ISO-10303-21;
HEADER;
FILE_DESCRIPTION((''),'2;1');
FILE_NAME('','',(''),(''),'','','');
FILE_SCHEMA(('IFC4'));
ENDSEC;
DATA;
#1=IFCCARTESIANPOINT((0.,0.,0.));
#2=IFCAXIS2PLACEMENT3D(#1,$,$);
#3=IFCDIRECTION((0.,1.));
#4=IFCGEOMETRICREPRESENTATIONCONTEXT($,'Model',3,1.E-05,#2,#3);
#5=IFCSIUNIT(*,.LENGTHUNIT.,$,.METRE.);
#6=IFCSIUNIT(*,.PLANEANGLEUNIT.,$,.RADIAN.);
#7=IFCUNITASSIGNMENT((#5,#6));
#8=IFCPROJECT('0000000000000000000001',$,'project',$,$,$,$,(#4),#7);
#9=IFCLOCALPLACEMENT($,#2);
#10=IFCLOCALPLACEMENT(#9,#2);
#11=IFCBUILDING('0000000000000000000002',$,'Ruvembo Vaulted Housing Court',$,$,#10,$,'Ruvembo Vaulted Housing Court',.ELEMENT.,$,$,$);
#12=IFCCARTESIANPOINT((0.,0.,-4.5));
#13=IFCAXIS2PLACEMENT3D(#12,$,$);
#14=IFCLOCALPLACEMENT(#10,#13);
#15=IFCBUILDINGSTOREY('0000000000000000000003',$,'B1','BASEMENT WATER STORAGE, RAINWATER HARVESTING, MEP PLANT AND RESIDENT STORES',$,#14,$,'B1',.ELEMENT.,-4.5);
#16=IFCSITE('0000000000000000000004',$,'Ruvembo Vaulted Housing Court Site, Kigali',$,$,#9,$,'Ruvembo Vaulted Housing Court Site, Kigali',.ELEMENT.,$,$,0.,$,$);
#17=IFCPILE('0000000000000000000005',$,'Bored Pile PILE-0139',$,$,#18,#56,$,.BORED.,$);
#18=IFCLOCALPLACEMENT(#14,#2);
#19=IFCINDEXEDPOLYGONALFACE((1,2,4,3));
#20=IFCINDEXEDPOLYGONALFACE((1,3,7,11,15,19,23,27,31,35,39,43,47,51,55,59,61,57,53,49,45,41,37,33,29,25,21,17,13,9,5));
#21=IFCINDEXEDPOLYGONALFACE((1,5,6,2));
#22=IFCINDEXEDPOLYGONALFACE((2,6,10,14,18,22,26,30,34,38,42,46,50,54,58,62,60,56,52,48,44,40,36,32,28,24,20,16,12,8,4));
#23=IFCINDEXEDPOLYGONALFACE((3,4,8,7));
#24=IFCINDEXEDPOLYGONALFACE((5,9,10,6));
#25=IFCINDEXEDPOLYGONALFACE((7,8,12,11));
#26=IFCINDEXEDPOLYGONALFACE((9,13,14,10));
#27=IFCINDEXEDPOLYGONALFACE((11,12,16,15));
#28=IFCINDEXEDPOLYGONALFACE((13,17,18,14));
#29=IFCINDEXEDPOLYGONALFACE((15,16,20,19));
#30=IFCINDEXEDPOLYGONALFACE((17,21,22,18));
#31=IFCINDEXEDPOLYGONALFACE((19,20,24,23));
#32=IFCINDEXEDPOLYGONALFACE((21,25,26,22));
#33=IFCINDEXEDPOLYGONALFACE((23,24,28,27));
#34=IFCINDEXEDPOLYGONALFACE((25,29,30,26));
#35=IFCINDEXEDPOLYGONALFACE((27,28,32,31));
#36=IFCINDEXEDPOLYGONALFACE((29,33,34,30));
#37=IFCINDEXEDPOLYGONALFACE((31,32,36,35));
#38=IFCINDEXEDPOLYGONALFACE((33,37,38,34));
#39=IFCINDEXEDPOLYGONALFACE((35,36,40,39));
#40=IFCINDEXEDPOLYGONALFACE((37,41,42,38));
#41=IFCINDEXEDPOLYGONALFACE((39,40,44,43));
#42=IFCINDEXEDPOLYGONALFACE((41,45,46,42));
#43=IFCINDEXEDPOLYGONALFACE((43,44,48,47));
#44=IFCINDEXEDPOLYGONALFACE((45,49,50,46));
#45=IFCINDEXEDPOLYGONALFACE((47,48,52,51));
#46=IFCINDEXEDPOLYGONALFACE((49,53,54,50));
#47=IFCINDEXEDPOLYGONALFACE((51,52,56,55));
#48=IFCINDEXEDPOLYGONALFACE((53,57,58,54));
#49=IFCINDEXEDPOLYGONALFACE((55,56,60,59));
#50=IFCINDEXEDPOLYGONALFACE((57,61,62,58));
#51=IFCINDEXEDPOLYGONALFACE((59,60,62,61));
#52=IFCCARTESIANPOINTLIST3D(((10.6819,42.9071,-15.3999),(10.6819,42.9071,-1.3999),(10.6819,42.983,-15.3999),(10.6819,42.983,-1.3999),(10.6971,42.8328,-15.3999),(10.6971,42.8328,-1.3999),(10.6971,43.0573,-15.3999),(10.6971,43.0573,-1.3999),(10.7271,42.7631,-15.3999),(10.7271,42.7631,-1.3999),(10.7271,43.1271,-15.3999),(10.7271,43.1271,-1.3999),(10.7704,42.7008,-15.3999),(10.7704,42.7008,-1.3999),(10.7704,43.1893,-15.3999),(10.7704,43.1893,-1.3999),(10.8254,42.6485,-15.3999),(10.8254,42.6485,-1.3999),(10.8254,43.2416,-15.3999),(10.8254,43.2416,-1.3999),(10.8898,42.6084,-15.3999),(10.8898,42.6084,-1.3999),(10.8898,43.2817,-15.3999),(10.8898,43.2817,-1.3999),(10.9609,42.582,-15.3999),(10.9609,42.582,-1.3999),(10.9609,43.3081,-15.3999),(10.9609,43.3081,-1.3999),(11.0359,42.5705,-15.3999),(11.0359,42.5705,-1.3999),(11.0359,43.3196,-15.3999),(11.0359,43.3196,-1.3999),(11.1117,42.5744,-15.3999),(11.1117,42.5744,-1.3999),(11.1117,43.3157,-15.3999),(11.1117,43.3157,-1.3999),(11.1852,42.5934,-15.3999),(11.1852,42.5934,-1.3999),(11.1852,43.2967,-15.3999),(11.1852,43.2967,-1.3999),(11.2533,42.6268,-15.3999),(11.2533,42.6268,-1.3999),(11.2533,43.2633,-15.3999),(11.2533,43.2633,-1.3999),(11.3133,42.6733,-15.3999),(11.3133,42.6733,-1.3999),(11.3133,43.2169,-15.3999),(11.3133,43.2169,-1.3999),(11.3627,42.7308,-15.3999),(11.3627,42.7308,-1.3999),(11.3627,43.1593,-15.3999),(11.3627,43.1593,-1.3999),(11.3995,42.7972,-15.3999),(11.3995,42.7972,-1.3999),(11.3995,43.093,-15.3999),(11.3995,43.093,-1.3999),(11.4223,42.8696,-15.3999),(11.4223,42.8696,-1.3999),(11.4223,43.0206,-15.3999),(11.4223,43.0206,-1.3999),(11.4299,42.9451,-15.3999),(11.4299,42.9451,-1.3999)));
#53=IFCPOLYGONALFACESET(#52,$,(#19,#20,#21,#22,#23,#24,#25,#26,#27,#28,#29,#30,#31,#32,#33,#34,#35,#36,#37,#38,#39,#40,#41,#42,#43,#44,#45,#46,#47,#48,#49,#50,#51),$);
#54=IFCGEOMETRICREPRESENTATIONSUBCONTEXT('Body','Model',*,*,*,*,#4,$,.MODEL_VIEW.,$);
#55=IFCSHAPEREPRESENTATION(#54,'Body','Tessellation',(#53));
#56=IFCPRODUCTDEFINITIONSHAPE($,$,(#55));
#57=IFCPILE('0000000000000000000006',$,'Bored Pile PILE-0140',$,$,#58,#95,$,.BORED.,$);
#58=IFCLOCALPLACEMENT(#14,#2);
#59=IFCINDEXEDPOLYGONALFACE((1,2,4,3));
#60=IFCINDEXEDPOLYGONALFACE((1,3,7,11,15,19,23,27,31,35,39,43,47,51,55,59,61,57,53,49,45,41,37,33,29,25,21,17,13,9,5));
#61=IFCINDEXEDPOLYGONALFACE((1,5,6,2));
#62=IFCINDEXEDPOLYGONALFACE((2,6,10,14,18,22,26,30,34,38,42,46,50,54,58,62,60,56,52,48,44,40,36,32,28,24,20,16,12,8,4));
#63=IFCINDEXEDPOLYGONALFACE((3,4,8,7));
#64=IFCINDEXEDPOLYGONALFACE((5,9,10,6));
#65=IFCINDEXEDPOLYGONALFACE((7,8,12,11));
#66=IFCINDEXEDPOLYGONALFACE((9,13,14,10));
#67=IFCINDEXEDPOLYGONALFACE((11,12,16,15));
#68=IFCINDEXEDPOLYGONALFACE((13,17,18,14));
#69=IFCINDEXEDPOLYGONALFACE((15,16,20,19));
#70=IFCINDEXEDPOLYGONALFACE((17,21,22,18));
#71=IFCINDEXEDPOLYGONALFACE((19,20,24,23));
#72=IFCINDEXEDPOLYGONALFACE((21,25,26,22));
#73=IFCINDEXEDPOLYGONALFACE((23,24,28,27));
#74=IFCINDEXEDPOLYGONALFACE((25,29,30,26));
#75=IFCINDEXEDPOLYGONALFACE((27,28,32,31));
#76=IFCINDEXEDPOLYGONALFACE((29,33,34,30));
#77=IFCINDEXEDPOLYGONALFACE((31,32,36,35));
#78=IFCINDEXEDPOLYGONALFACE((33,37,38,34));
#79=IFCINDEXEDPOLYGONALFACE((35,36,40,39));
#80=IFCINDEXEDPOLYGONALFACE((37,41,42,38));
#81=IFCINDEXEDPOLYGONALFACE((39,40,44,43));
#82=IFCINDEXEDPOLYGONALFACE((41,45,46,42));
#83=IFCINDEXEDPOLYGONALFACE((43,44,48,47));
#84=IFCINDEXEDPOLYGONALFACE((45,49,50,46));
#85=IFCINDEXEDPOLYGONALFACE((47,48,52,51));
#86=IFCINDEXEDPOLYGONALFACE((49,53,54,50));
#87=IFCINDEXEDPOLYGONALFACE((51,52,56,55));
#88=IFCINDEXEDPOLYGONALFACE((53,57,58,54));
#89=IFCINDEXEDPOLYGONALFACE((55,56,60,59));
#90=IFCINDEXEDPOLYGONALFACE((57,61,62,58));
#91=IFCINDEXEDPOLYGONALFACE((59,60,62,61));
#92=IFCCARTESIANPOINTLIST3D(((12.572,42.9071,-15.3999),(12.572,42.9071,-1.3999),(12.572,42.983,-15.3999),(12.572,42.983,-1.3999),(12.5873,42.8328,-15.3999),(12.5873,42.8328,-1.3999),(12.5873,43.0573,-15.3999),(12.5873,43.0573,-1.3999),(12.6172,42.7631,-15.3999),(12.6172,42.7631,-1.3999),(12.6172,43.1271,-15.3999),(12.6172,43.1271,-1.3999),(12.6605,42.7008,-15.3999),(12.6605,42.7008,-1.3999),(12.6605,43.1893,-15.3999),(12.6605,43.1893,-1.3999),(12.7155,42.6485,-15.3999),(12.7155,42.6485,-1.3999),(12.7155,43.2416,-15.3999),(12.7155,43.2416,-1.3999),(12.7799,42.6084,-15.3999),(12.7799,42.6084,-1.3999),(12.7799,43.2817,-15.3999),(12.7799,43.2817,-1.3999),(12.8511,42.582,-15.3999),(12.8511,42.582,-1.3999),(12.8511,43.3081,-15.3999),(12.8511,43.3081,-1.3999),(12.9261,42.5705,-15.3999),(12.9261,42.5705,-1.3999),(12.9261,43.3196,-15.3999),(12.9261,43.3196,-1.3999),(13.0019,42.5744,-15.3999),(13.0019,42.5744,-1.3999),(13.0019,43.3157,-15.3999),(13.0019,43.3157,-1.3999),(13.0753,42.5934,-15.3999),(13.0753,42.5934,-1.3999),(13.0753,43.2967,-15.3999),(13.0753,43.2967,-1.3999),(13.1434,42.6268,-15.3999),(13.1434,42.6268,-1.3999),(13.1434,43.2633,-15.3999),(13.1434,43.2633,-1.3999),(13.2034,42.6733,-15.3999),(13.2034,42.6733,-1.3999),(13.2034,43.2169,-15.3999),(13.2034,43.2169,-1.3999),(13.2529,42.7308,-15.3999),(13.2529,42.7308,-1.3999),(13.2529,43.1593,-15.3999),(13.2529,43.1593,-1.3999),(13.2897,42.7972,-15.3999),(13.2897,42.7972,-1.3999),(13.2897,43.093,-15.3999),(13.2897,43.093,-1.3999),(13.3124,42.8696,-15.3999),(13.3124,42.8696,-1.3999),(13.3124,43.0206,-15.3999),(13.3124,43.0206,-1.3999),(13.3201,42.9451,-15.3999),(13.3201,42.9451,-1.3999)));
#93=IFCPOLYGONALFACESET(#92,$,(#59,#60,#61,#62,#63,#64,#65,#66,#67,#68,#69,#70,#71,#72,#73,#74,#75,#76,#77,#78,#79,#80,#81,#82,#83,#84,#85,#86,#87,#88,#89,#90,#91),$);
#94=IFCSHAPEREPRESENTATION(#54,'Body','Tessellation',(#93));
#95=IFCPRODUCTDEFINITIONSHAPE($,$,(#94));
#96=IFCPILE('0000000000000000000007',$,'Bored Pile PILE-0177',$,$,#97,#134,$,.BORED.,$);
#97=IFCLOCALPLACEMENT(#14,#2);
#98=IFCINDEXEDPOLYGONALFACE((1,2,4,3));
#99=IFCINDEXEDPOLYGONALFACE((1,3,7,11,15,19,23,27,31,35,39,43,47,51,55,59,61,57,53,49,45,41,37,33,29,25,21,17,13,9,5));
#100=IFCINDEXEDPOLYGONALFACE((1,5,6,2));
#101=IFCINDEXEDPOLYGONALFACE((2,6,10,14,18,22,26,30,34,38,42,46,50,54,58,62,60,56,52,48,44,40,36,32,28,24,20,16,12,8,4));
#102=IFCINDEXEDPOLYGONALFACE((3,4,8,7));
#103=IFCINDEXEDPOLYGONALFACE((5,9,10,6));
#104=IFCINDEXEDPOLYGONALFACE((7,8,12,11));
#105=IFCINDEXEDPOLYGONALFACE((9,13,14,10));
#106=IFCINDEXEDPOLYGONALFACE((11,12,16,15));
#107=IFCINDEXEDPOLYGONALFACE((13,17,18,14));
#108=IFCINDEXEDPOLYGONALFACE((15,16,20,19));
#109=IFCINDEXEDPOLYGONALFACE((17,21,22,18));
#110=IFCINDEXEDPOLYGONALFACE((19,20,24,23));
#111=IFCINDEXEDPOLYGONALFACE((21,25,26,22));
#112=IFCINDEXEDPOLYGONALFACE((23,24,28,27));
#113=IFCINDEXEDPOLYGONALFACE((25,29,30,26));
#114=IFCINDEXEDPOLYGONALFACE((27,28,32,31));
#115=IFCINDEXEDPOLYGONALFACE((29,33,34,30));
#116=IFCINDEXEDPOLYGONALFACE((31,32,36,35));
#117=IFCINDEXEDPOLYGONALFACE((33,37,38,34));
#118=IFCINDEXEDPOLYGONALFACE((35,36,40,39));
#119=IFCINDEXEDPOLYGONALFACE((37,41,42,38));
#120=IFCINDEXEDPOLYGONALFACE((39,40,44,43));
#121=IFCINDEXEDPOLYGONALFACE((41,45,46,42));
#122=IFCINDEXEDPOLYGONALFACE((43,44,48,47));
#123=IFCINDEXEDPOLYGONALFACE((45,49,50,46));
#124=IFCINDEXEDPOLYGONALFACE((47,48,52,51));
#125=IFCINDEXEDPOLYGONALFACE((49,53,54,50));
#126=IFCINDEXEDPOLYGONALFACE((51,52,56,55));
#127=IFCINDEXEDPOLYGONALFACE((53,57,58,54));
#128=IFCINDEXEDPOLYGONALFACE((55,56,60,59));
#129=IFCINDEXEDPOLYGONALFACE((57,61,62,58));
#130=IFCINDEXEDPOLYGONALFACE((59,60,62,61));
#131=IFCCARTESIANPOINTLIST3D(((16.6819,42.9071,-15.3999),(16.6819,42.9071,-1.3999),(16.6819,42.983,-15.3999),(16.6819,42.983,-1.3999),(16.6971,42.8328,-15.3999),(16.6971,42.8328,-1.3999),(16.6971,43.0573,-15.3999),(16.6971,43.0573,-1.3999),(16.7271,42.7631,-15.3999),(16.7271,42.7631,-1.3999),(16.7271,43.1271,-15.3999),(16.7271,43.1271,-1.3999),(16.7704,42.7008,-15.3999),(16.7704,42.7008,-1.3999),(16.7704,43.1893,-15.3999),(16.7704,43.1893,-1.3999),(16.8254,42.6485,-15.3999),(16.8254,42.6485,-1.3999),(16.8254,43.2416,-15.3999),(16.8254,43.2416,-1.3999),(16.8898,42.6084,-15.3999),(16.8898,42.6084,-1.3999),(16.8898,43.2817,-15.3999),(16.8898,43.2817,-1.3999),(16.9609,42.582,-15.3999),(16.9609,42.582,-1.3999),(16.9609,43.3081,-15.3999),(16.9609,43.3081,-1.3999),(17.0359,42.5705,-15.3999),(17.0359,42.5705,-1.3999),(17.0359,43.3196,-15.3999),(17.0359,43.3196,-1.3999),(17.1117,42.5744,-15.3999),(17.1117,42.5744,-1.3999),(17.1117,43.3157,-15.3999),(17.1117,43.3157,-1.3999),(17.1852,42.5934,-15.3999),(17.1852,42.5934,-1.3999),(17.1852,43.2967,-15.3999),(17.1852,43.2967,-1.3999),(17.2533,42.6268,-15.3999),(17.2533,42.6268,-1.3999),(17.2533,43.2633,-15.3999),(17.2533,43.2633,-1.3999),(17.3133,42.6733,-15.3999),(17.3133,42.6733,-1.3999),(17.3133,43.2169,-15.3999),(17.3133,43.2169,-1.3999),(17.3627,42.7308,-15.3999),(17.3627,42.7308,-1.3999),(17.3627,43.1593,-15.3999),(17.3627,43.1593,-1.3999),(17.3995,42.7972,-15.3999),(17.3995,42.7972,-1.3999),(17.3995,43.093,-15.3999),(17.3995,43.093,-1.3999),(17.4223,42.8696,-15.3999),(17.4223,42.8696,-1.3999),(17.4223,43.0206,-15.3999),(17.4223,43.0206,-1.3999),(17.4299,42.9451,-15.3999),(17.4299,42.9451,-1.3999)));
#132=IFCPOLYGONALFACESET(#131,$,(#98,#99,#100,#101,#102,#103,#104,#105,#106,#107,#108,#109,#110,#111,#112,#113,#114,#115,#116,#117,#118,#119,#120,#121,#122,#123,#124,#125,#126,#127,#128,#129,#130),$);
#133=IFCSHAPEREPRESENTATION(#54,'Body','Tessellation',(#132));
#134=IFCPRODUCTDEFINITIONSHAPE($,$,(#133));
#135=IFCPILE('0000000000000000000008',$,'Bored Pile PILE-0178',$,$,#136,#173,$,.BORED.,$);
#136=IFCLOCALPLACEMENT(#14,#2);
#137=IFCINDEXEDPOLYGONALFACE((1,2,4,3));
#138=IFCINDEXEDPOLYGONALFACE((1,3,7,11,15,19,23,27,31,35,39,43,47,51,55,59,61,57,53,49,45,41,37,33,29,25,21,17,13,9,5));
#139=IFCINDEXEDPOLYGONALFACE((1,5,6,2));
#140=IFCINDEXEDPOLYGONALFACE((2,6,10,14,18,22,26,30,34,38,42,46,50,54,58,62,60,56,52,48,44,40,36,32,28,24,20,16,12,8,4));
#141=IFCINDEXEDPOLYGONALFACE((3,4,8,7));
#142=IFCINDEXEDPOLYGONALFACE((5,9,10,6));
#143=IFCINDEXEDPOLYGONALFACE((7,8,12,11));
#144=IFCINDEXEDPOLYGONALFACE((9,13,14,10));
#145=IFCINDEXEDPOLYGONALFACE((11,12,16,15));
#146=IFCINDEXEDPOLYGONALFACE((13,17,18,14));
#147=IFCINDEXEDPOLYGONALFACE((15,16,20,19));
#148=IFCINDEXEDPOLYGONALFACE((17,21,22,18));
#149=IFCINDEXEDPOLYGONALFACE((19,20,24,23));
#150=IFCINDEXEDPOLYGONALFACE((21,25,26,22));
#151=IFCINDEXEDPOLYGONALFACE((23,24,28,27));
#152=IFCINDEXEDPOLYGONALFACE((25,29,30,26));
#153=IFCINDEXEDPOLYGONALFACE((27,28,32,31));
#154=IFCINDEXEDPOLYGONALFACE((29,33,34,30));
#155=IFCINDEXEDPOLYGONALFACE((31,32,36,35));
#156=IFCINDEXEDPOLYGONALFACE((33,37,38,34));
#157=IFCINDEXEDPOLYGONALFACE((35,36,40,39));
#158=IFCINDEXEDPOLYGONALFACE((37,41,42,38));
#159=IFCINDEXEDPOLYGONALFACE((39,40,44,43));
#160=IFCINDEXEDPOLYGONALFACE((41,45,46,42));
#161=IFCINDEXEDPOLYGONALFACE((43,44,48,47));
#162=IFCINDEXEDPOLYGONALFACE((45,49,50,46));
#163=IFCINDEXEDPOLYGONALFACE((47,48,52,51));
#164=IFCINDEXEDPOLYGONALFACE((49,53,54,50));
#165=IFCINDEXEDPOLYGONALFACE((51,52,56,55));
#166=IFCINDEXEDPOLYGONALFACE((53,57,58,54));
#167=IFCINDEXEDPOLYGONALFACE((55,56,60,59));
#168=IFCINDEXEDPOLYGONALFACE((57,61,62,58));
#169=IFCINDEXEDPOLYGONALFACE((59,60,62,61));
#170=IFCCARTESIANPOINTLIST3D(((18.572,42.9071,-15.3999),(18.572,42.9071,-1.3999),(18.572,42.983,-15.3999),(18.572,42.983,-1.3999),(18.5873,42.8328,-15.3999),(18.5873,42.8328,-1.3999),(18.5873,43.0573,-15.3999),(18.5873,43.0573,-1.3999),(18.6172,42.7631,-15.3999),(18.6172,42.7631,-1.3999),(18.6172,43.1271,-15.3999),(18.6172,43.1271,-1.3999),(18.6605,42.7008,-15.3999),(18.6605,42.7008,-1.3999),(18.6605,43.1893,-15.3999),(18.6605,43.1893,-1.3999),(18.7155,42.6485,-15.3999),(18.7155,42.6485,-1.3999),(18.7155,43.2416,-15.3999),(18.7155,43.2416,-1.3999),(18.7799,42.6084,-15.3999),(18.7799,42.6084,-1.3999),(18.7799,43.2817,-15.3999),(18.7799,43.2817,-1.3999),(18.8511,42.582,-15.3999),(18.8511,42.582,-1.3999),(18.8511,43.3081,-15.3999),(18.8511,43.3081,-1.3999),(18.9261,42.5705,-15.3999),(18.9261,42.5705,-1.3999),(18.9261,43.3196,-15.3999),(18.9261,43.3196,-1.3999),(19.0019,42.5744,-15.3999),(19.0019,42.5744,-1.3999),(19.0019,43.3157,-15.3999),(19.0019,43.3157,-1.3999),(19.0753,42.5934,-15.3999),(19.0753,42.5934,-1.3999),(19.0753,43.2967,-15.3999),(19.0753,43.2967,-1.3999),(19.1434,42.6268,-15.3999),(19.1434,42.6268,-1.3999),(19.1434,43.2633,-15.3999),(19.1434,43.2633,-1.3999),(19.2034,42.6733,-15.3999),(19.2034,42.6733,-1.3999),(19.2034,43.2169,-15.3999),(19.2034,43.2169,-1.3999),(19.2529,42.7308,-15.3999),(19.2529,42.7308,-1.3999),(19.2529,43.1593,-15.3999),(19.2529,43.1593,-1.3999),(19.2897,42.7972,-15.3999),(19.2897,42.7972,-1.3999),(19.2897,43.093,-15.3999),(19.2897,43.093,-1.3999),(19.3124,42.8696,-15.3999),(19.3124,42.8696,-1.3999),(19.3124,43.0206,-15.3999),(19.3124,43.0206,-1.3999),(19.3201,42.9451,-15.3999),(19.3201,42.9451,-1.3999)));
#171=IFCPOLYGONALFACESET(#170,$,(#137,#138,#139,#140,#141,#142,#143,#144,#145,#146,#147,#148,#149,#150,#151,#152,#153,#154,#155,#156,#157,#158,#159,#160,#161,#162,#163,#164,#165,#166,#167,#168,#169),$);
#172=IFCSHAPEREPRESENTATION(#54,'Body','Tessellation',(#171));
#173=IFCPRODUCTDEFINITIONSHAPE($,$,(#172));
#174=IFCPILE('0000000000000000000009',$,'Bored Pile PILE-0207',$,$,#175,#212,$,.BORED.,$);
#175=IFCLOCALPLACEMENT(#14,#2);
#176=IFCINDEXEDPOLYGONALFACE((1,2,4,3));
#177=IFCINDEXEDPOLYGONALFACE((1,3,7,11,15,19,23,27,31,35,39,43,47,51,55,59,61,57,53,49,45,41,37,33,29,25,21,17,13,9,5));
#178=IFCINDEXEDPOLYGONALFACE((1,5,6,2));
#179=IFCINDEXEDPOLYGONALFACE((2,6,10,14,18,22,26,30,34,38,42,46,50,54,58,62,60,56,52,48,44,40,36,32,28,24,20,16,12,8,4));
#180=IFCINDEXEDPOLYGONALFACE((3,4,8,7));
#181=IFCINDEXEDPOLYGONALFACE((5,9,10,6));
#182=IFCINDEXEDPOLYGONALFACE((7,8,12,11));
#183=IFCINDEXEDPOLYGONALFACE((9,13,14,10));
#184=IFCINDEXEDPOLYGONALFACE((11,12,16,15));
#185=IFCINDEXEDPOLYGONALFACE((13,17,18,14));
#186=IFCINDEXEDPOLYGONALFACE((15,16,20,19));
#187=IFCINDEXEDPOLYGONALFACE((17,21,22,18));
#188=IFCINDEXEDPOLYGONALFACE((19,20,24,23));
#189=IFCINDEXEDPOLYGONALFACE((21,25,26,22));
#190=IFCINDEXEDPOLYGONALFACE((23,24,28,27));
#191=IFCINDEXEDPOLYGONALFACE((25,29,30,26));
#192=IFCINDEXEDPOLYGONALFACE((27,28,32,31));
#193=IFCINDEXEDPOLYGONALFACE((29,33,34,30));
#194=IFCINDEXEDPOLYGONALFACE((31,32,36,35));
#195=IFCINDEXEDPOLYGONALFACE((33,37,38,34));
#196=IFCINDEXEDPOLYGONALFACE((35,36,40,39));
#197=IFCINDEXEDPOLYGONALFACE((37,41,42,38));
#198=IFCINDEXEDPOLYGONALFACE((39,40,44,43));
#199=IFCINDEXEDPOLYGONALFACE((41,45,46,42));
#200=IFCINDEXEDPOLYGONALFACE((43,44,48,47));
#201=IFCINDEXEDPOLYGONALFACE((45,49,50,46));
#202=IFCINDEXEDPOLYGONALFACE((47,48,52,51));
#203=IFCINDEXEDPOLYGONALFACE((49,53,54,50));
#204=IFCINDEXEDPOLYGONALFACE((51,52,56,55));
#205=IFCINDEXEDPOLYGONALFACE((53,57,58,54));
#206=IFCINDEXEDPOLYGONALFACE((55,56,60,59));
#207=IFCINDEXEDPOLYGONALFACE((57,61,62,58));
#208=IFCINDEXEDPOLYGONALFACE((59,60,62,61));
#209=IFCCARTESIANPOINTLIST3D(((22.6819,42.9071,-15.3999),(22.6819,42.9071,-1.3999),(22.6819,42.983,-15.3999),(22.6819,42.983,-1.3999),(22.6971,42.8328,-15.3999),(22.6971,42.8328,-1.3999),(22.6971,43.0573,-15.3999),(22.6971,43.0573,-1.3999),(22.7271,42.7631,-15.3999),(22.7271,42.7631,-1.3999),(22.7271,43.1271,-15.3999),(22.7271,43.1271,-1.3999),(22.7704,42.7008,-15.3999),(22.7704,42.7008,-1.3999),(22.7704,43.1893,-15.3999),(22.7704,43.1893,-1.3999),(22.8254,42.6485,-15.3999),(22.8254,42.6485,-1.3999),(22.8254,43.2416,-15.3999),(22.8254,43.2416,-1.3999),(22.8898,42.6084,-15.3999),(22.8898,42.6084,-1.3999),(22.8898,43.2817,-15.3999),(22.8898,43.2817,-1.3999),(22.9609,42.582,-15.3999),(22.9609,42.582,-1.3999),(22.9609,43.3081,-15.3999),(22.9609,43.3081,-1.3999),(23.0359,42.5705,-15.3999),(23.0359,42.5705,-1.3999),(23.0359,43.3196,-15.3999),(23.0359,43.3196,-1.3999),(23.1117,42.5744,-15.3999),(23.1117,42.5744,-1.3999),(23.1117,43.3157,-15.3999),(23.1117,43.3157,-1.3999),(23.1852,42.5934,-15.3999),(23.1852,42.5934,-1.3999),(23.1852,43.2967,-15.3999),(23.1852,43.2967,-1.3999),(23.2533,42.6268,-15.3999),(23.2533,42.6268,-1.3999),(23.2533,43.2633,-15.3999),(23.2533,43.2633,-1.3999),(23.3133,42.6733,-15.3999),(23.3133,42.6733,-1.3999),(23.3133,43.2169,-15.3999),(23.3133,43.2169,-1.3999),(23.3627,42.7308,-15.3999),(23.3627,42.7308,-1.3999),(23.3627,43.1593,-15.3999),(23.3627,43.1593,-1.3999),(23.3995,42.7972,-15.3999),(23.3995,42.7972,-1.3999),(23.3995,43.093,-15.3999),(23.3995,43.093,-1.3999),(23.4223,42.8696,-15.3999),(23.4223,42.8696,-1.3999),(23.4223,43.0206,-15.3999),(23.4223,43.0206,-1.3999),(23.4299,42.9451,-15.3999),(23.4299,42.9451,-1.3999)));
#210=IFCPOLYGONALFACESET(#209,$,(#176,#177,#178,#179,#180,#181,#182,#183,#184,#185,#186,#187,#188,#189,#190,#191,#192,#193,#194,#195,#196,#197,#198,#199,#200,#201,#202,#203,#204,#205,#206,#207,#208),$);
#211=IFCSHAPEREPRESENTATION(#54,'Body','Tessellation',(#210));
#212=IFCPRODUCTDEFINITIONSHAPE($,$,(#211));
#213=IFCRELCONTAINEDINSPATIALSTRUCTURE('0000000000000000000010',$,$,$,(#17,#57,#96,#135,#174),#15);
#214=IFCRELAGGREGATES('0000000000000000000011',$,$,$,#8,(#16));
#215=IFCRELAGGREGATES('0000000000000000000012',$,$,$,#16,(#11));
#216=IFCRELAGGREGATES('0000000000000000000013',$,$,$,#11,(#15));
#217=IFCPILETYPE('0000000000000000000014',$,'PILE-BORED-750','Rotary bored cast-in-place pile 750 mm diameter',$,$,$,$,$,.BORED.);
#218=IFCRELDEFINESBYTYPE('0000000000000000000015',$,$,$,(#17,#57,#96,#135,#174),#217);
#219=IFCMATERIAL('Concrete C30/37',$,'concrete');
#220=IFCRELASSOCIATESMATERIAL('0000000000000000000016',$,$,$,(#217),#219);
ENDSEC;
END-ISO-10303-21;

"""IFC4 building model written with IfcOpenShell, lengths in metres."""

from ifc_helpers import new_model, si_unit, direction, frame, origin, origin_2d, place, context, subcontext, project, spatial, circle, extrude, material, material_profile, profile_set, type_object, element, save


model = new_model("IFC4")

# Units and contexts
model_context = context("Model", 3, precision=1e-05, world=origin(), true_north=direction((0.0, 1.0)))
body_context = subcontext(model_context, "Body", "Model", "MODEL_VIEW")
ifc_project = project(units=[si_unit("LENGTHUNIT", "METRE"), si_unit("PLANEANGLEUNIT", "RADIAN")], contexts=[model_context])

# Site, building, storey
site_placement = place(None, origin())
site = spatial("IfcSite", under=ifc_project, at=site_placement, Name="Ruvembo Vaulted Housing Court Site, Kigali", LongName="Ruvembo Vaulted Housing Court Site, Kigali", CompositionType="ELEMENT", RefElevation=0.0)
building_placement = place(site_placement, origin())
building = spatial("IfcBuilding", under=site, at=building_placement, Name="Ruvembo Vaulted Housing Court", LongName="Ruvembo Vaulted Housing Court", CompositionType="ELEMENT")
storey_placement = place(building_placement, frame((0.0, 0.0, -4.5)))
storey = spatial("IfcBuildingStorey", under=building, at=storey_placement, Name="B1", Description="BASEMENT WATER STORAGE, RAINWATER HARVESTING, MEP PLANT AND RESIDENT STORES", LongName="B1", CompositionType="ELEMENT", Elevation=-4.5)

# Piles
ifc_material_1 = material(Name="Concrete C30/37", Category="concrete")
ifc_material_profile_1 = material_profile(ifc_material_1, circle(Radius=0.375, at=origin_2d()), Name="PILE D750")
ifc_profile_set_1 = profile_set([ifc_material_profile_1], Name="Concrete C30/37")
pile_type_1 = type_object("IfcPileType", Name="PILE-BORED-750", Description="Rotary bored cast-in-place pile 750 mm diameter", PredefinedType="BORED", material=ifc_profile_set_1)
for number, where, z_axis, x_axis, name in (
    (1, (11.0549, 42.9451, -1.3999), (0.0, 0.0, -1.0), (1.0, 0.0, 0.0), "Bored Pile PILE-0139"),
    (2, (12.9451, 42.9451, -1.3999), (0.0, 0.0, -1.0), (1.0, 0.0, 0.0), "Bored Pile PILE-0140"),
    (3, (17.0549, 42.9451, -1.3999), (0.0, 0.0, -1.0), (1.0, 0.0, 0.0), "Bored Pile PILE-0177"),
    (4, (18.9451, 42.9451, -1.3999), (0.0, 0.0, -1.0), (1.0, 0.0, 0.0), "Bored Pile PILE-0178"),
    (5, (23.0549, 42.9451, -1.3999), (0.0, 0.0, -1.0), (1.0, 0.0, 0.0), "Bored Pile PILE-0207"),
):
    element("IfcPile", number, at=place(storey_placement, frame(where, z_axis=z_axis, x_axis=x_axis)), inside=storey, type_object=pile_type_1, Name=name, PredefinedType="BORED", context=body_context, shape_type="SweptSolid", body=[
        extrude(circle(Radius=0.375, at=origin_2d()), origin(), (0.0, 0.0, 1.0), 14.0),
    ])

save(model, "model.ifc")
